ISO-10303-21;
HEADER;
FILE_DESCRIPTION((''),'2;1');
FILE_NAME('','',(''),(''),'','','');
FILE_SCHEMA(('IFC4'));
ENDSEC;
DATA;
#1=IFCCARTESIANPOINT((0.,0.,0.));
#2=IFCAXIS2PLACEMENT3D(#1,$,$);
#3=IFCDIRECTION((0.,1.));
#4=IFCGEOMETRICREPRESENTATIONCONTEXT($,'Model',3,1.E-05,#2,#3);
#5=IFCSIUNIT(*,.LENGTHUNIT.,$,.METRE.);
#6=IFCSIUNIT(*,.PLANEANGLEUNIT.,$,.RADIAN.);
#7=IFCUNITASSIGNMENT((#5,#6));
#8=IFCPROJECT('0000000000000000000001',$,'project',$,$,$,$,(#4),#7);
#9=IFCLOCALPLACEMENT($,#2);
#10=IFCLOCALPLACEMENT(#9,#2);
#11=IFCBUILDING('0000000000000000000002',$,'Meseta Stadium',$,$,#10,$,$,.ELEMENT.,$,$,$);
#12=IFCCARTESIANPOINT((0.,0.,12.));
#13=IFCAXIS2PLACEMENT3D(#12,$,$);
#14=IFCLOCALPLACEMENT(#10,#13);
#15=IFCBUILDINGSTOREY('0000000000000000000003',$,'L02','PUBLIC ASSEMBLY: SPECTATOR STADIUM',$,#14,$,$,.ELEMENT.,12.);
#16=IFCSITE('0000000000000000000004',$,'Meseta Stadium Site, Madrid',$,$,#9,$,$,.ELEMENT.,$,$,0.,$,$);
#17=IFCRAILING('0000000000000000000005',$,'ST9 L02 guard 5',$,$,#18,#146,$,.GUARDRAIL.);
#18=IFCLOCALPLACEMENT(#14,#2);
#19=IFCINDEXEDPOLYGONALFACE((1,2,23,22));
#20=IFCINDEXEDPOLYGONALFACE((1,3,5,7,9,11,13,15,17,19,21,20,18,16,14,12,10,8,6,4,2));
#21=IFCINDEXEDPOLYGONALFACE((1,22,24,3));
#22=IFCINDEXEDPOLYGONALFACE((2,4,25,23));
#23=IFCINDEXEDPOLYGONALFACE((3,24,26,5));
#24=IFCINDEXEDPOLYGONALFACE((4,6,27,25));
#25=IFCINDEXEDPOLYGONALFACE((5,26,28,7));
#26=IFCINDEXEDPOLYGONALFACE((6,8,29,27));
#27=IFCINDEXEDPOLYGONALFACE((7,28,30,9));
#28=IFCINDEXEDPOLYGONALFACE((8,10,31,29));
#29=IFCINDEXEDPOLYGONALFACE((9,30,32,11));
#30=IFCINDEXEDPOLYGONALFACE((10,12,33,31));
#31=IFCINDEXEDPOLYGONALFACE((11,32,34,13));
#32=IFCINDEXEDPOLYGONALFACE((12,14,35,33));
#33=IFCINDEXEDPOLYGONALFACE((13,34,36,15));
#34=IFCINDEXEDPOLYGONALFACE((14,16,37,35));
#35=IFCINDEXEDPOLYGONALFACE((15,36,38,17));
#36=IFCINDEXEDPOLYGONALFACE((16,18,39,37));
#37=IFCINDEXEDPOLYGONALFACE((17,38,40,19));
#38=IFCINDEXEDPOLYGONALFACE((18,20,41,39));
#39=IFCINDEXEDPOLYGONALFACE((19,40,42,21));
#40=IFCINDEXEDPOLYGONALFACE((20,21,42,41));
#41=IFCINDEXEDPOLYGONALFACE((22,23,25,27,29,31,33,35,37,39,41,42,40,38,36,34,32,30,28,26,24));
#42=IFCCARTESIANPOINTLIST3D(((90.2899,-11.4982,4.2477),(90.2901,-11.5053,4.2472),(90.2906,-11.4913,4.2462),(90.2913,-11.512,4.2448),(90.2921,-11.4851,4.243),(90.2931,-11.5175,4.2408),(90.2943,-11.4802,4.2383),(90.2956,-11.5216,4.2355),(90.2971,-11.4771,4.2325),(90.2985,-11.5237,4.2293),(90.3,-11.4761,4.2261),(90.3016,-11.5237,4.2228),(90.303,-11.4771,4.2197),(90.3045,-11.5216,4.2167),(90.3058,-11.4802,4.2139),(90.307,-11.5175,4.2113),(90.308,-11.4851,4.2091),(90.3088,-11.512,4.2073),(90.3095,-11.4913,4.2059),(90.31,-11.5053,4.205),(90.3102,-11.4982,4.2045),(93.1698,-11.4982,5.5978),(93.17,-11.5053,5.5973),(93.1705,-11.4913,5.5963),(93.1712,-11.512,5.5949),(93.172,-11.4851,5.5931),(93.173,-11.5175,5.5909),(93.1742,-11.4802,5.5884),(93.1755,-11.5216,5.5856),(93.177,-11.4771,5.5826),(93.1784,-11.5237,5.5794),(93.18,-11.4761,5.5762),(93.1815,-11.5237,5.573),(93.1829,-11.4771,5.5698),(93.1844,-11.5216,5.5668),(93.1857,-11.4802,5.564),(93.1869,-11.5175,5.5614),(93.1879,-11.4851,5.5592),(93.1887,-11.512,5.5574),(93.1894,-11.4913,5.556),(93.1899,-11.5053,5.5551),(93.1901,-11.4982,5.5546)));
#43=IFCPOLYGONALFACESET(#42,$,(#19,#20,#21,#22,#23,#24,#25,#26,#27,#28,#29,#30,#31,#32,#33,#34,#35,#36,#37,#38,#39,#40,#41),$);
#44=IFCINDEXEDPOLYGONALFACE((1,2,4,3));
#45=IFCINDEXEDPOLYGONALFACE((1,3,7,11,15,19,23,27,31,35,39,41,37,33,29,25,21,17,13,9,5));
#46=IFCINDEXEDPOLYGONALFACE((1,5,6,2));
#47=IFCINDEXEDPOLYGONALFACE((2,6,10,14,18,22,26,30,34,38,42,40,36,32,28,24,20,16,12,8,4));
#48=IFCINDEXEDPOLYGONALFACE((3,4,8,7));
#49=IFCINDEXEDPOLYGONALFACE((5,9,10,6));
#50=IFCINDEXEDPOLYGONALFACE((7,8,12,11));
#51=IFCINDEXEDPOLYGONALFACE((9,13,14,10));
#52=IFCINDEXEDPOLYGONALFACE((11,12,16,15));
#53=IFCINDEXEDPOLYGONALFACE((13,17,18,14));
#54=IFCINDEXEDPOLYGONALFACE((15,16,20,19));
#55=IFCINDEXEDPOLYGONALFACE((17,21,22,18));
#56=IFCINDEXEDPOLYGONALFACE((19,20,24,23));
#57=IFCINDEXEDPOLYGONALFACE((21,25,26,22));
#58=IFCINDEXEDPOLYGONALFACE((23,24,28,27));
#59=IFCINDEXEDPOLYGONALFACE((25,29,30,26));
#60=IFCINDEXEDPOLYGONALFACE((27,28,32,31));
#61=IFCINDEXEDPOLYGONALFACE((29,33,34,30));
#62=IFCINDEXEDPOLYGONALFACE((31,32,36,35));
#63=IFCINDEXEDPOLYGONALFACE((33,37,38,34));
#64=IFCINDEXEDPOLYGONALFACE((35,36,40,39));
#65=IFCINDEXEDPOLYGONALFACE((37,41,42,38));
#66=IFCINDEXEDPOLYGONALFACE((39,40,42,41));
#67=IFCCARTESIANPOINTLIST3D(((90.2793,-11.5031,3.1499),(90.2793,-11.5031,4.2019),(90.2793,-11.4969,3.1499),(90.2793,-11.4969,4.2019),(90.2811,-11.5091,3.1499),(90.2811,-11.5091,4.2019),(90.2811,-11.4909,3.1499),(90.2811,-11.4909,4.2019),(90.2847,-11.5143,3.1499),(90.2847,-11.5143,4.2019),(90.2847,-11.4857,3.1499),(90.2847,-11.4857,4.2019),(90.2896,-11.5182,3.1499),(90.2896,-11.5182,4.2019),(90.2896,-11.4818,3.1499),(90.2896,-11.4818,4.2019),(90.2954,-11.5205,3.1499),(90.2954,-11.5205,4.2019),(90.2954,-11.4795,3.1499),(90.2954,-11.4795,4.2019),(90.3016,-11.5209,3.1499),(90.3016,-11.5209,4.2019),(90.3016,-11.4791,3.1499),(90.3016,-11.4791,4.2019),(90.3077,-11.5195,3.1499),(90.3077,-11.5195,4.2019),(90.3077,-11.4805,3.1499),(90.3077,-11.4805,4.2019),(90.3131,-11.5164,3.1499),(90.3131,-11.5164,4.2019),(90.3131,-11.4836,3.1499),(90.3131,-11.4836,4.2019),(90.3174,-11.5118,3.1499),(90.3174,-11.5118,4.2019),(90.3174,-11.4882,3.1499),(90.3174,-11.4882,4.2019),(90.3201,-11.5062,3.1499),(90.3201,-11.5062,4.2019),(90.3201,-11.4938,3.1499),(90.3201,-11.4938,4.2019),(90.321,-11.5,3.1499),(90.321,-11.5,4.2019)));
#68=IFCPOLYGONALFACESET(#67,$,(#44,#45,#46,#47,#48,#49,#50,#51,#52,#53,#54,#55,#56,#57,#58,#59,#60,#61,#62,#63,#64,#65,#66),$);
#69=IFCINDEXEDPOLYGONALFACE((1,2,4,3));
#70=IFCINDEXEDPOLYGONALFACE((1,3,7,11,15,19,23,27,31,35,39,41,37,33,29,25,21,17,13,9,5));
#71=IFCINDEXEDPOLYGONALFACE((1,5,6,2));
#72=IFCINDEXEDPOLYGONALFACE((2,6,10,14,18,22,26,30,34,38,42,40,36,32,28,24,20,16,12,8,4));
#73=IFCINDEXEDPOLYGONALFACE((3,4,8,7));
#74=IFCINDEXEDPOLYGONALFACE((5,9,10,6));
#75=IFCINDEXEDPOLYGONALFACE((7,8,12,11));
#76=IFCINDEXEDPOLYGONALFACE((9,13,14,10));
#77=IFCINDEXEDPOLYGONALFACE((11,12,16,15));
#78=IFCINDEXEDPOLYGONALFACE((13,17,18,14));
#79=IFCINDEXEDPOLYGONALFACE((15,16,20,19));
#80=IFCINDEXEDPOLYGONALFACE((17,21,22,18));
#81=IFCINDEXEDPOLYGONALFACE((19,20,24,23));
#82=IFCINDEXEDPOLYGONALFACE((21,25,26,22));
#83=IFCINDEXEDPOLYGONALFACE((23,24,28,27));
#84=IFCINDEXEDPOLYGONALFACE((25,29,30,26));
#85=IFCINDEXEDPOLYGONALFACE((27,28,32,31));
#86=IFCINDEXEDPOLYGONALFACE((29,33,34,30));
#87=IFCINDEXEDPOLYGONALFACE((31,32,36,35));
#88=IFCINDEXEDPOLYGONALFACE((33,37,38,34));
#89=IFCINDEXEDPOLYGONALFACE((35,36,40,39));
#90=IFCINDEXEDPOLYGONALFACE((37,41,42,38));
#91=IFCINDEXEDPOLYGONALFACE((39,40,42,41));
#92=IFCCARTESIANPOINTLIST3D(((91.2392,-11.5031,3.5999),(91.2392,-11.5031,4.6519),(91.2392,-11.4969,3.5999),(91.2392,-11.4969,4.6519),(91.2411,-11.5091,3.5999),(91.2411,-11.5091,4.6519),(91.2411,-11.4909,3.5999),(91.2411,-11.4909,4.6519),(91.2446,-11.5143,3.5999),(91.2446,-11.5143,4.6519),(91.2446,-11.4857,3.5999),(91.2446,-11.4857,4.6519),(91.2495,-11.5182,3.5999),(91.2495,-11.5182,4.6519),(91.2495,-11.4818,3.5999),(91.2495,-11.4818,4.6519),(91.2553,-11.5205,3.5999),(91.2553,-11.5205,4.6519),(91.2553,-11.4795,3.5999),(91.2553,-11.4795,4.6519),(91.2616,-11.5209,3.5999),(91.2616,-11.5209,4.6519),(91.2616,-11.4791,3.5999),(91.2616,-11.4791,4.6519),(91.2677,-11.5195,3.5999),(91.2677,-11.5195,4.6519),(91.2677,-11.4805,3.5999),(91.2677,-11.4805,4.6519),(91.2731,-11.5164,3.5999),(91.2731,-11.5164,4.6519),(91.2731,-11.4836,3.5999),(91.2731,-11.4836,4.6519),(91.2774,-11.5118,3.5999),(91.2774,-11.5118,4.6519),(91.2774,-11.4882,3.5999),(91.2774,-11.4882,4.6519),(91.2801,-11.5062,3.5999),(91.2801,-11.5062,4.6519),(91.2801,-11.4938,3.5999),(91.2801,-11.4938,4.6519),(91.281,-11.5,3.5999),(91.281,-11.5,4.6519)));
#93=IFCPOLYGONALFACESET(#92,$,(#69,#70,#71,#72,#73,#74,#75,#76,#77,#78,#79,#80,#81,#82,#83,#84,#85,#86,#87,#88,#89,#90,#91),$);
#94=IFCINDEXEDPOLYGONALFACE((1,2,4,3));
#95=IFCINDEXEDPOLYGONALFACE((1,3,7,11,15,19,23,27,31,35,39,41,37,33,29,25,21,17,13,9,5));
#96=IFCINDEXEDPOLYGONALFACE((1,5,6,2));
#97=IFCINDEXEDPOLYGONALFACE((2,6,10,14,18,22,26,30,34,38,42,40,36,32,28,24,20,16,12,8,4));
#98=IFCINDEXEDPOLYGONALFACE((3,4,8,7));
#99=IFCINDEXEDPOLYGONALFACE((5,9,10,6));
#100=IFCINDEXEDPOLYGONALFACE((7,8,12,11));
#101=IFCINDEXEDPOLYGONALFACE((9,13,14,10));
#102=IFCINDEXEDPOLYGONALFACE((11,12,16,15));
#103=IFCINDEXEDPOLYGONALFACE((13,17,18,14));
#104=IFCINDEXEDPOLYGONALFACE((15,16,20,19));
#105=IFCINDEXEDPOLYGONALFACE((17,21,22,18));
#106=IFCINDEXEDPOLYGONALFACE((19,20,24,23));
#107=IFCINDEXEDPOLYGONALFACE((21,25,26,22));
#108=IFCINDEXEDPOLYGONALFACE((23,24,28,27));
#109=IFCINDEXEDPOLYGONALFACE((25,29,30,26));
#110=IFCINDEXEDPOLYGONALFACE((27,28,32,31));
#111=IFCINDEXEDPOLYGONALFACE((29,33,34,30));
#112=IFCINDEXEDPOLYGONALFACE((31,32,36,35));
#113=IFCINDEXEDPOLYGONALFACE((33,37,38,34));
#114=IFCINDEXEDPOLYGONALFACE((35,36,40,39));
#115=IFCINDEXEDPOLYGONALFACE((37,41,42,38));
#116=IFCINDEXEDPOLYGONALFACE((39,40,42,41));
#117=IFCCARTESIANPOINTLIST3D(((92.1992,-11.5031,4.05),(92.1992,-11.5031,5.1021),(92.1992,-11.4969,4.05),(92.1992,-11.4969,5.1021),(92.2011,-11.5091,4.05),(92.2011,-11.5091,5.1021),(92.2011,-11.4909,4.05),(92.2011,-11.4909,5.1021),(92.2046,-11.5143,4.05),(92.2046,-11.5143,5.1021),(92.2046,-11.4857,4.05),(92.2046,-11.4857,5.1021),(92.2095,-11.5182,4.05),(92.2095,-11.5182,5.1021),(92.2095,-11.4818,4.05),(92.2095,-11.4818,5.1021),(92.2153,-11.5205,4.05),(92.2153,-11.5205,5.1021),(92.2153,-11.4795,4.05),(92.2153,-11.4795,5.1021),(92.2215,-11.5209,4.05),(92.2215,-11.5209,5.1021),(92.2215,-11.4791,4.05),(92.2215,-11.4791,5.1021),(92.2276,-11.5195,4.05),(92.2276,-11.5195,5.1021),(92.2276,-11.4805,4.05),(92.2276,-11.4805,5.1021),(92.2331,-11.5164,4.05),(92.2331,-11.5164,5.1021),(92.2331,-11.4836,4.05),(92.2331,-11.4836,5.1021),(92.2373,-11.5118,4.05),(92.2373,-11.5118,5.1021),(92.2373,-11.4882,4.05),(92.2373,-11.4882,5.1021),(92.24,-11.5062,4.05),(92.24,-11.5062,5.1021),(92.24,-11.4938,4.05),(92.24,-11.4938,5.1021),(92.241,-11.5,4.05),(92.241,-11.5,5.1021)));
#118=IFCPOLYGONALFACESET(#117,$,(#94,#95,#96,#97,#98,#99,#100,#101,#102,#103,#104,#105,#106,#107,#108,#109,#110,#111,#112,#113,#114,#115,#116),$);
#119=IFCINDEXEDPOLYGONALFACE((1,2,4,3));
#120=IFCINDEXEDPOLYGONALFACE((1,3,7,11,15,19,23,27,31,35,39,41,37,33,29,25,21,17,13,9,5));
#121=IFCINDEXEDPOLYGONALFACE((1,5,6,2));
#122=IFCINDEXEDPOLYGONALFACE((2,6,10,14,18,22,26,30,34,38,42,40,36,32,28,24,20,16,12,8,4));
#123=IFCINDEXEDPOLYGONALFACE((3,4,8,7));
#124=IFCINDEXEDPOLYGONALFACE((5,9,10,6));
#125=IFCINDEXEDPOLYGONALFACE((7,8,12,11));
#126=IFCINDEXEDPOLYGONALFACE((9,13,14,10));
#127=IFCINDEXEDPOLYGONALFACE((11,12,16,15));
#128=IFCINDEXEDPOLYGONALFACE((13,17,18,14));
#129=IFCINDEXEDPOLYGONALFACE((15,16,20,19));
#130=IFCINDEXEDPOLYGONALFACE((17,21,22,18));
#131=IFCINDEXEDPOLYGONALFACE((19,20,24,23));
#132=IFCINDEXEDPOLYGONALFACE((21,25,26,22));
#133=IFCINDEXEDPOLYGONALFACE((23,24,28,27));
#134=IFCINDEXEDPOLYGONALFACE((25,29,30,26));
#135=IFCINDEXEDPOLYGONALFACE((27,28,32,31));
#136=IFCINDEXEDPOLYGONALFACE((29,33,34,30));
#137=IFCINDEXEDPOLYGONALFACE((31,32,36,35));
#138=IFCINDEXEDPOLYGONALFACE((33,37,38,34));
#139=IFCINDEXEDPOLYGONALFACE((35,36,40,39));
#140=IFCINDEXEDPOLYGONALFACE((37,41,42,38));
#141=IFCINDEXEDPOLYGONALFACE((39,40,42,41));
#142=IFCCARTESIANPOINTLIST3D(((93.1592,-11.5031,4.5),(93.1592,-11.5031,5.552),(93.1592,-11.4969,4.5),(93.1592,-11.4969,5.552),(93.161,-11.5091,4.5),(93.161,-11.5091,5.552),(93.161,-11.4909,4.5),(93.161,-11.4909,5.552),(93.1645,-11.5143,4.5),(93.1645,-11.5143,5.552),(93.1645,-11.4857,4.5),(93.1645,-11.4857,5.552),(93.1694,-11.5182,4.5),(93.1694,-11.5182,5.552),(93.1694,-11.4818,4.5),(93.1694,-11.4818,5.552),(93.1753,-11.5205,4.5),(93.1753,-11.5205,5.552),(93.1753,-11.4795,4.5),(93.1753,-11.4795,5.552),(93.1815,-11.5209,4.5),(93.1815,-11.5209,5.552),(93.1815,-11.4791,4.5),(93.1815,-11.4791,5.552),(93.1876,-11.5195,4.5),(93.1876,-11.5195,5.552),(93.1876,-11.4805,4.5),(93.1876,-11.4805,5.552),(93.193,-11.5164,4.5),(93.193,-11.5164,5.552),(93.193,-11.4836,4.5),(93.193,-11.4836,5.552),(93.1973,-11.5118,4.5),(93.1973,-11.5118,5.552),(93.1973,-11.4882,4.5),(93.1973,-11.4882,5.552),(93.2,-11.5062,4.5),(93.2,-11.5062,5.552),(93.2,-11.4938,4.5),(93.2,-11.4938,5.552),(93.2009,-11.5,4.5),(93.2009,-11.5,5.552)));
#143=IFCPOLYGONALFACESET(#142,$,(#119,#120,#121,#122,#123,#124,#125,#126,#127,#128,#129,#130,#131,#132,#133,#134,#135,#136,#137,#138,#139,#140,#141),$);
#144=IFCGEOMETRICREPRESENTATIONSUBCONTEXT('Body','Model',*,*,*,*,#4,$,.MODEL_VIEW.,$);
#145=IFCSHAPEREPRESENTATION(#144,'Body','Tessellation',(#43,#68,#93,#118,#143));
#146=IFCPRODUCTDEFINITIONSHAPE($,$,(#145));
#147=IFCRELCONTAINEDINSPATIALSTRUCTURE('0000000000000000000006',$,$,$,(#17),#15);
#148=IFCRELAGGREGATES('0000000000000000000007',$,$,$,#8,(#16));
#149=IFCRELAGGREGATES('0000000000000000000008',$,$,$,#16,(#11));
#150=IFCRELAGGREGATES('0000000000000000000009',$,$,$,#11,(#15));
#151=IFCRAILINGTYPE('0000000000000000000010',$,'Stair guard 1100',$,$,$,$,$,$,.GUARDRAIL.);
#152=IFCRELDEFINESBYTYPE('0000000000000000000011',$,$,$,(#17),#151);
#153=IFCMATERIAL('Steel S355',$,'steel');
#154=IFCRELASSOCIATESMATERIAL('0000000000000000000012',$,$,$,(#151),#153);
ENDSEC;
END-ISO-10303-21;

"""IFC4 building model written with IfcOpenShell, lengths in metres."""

from ifc_helpers import new_model, si_unit, direction, frame, origin, origin_2d, place, context, subcontext, project, spatial, circle, extrude, material, type_object, element, save


model = new_model("IFC4")

# Units and contexts
model_context = context("Model", 3, precision=1e-05, world=origin(), true_north=direction((0.0, 1.0)))
body_context = subcontext(model_context, "Body", "Model", "MODEL_VIEW")
ifc_project = project(units=[si_unit("LENGTHUNIT", "METRE"), si_unit("PLANEANGLEUNIT", "RADIAN")], contexts=[model_context])

# Site, building, storey
site_placement = place(None, origin())
site = spatial("IfcSite", under=ifc_project, at=site_placement, Name="Meseta Stadium Site, Madrid", CompositionType="ELEMENT", RefElevation=0.0)
building_placement = place(site_placement, origin())
building = spatial("IfcBuilding", under=site, at=building_placement, Name="Meseta Stadium", CompositionType="ELEMENT")
storey_placement = place(building_placement, frame((0.0, 0.0, 12.0)))
storey = spatial("IfcBuildingStorey", under=building, at=storey_placement, Name="L02", Description="PUBLIC ASSEMBLY: SPECTATOR STADIUM", CompositionType="ELEMENT", Elevation=12.0)

# Railing
ifc_material_1 = material(Name="Steel S355", Category="steel")
railing_type_1 = type_object("IfcRailingType", Name="Stair guard 1100", PredefinedType="GUARDRAIL", material=ifc_material_1)
railing_1_placement = place(storey_placement, frame((90.3, -11.5, 3.1499)))
element("IfcRailing", 1, at=railing_1_placement, inside=storey, type_object=railing_type_1, Name="ST9 L02 guard 5", PredefinedType="GUARDRAIL", context=body_context, shape_type="SweptSolid", body=[
    extrude(circle(Radius=0.0239, at=origin_2d()), frame((0.0, 0.0, 1.0762), z_axis=(0.90544, 0.0, 0.424473), x_axis=(0.0, 1.0, 0.0)), (0.0, 0.0, 1.0), 3.1807),
    extrude(circle(Radius=0.021, at=origin_2d()), origin(), (0.0, 0.0, 1.0), 1.052),
    extrude(circle(Radius=0.021, at=origin_2d()), frame((0.96, 0.0, 0.45)), (0.0, 0.0, 1.0), 1.052),
    extrude(circle(Radius=0.021, at=origin_2d()), frame((1.9199, 0.0, 0.9001)), (0.0, 0.0, 1.0), 1.052),
    extrude(circle(Radius=0.021, at=origin_2d()), frame((2.8799, 0.0, 1.3501)), (0.0, 0.0, 1.0), 1.052),
])

save(model, "model.ifc")
